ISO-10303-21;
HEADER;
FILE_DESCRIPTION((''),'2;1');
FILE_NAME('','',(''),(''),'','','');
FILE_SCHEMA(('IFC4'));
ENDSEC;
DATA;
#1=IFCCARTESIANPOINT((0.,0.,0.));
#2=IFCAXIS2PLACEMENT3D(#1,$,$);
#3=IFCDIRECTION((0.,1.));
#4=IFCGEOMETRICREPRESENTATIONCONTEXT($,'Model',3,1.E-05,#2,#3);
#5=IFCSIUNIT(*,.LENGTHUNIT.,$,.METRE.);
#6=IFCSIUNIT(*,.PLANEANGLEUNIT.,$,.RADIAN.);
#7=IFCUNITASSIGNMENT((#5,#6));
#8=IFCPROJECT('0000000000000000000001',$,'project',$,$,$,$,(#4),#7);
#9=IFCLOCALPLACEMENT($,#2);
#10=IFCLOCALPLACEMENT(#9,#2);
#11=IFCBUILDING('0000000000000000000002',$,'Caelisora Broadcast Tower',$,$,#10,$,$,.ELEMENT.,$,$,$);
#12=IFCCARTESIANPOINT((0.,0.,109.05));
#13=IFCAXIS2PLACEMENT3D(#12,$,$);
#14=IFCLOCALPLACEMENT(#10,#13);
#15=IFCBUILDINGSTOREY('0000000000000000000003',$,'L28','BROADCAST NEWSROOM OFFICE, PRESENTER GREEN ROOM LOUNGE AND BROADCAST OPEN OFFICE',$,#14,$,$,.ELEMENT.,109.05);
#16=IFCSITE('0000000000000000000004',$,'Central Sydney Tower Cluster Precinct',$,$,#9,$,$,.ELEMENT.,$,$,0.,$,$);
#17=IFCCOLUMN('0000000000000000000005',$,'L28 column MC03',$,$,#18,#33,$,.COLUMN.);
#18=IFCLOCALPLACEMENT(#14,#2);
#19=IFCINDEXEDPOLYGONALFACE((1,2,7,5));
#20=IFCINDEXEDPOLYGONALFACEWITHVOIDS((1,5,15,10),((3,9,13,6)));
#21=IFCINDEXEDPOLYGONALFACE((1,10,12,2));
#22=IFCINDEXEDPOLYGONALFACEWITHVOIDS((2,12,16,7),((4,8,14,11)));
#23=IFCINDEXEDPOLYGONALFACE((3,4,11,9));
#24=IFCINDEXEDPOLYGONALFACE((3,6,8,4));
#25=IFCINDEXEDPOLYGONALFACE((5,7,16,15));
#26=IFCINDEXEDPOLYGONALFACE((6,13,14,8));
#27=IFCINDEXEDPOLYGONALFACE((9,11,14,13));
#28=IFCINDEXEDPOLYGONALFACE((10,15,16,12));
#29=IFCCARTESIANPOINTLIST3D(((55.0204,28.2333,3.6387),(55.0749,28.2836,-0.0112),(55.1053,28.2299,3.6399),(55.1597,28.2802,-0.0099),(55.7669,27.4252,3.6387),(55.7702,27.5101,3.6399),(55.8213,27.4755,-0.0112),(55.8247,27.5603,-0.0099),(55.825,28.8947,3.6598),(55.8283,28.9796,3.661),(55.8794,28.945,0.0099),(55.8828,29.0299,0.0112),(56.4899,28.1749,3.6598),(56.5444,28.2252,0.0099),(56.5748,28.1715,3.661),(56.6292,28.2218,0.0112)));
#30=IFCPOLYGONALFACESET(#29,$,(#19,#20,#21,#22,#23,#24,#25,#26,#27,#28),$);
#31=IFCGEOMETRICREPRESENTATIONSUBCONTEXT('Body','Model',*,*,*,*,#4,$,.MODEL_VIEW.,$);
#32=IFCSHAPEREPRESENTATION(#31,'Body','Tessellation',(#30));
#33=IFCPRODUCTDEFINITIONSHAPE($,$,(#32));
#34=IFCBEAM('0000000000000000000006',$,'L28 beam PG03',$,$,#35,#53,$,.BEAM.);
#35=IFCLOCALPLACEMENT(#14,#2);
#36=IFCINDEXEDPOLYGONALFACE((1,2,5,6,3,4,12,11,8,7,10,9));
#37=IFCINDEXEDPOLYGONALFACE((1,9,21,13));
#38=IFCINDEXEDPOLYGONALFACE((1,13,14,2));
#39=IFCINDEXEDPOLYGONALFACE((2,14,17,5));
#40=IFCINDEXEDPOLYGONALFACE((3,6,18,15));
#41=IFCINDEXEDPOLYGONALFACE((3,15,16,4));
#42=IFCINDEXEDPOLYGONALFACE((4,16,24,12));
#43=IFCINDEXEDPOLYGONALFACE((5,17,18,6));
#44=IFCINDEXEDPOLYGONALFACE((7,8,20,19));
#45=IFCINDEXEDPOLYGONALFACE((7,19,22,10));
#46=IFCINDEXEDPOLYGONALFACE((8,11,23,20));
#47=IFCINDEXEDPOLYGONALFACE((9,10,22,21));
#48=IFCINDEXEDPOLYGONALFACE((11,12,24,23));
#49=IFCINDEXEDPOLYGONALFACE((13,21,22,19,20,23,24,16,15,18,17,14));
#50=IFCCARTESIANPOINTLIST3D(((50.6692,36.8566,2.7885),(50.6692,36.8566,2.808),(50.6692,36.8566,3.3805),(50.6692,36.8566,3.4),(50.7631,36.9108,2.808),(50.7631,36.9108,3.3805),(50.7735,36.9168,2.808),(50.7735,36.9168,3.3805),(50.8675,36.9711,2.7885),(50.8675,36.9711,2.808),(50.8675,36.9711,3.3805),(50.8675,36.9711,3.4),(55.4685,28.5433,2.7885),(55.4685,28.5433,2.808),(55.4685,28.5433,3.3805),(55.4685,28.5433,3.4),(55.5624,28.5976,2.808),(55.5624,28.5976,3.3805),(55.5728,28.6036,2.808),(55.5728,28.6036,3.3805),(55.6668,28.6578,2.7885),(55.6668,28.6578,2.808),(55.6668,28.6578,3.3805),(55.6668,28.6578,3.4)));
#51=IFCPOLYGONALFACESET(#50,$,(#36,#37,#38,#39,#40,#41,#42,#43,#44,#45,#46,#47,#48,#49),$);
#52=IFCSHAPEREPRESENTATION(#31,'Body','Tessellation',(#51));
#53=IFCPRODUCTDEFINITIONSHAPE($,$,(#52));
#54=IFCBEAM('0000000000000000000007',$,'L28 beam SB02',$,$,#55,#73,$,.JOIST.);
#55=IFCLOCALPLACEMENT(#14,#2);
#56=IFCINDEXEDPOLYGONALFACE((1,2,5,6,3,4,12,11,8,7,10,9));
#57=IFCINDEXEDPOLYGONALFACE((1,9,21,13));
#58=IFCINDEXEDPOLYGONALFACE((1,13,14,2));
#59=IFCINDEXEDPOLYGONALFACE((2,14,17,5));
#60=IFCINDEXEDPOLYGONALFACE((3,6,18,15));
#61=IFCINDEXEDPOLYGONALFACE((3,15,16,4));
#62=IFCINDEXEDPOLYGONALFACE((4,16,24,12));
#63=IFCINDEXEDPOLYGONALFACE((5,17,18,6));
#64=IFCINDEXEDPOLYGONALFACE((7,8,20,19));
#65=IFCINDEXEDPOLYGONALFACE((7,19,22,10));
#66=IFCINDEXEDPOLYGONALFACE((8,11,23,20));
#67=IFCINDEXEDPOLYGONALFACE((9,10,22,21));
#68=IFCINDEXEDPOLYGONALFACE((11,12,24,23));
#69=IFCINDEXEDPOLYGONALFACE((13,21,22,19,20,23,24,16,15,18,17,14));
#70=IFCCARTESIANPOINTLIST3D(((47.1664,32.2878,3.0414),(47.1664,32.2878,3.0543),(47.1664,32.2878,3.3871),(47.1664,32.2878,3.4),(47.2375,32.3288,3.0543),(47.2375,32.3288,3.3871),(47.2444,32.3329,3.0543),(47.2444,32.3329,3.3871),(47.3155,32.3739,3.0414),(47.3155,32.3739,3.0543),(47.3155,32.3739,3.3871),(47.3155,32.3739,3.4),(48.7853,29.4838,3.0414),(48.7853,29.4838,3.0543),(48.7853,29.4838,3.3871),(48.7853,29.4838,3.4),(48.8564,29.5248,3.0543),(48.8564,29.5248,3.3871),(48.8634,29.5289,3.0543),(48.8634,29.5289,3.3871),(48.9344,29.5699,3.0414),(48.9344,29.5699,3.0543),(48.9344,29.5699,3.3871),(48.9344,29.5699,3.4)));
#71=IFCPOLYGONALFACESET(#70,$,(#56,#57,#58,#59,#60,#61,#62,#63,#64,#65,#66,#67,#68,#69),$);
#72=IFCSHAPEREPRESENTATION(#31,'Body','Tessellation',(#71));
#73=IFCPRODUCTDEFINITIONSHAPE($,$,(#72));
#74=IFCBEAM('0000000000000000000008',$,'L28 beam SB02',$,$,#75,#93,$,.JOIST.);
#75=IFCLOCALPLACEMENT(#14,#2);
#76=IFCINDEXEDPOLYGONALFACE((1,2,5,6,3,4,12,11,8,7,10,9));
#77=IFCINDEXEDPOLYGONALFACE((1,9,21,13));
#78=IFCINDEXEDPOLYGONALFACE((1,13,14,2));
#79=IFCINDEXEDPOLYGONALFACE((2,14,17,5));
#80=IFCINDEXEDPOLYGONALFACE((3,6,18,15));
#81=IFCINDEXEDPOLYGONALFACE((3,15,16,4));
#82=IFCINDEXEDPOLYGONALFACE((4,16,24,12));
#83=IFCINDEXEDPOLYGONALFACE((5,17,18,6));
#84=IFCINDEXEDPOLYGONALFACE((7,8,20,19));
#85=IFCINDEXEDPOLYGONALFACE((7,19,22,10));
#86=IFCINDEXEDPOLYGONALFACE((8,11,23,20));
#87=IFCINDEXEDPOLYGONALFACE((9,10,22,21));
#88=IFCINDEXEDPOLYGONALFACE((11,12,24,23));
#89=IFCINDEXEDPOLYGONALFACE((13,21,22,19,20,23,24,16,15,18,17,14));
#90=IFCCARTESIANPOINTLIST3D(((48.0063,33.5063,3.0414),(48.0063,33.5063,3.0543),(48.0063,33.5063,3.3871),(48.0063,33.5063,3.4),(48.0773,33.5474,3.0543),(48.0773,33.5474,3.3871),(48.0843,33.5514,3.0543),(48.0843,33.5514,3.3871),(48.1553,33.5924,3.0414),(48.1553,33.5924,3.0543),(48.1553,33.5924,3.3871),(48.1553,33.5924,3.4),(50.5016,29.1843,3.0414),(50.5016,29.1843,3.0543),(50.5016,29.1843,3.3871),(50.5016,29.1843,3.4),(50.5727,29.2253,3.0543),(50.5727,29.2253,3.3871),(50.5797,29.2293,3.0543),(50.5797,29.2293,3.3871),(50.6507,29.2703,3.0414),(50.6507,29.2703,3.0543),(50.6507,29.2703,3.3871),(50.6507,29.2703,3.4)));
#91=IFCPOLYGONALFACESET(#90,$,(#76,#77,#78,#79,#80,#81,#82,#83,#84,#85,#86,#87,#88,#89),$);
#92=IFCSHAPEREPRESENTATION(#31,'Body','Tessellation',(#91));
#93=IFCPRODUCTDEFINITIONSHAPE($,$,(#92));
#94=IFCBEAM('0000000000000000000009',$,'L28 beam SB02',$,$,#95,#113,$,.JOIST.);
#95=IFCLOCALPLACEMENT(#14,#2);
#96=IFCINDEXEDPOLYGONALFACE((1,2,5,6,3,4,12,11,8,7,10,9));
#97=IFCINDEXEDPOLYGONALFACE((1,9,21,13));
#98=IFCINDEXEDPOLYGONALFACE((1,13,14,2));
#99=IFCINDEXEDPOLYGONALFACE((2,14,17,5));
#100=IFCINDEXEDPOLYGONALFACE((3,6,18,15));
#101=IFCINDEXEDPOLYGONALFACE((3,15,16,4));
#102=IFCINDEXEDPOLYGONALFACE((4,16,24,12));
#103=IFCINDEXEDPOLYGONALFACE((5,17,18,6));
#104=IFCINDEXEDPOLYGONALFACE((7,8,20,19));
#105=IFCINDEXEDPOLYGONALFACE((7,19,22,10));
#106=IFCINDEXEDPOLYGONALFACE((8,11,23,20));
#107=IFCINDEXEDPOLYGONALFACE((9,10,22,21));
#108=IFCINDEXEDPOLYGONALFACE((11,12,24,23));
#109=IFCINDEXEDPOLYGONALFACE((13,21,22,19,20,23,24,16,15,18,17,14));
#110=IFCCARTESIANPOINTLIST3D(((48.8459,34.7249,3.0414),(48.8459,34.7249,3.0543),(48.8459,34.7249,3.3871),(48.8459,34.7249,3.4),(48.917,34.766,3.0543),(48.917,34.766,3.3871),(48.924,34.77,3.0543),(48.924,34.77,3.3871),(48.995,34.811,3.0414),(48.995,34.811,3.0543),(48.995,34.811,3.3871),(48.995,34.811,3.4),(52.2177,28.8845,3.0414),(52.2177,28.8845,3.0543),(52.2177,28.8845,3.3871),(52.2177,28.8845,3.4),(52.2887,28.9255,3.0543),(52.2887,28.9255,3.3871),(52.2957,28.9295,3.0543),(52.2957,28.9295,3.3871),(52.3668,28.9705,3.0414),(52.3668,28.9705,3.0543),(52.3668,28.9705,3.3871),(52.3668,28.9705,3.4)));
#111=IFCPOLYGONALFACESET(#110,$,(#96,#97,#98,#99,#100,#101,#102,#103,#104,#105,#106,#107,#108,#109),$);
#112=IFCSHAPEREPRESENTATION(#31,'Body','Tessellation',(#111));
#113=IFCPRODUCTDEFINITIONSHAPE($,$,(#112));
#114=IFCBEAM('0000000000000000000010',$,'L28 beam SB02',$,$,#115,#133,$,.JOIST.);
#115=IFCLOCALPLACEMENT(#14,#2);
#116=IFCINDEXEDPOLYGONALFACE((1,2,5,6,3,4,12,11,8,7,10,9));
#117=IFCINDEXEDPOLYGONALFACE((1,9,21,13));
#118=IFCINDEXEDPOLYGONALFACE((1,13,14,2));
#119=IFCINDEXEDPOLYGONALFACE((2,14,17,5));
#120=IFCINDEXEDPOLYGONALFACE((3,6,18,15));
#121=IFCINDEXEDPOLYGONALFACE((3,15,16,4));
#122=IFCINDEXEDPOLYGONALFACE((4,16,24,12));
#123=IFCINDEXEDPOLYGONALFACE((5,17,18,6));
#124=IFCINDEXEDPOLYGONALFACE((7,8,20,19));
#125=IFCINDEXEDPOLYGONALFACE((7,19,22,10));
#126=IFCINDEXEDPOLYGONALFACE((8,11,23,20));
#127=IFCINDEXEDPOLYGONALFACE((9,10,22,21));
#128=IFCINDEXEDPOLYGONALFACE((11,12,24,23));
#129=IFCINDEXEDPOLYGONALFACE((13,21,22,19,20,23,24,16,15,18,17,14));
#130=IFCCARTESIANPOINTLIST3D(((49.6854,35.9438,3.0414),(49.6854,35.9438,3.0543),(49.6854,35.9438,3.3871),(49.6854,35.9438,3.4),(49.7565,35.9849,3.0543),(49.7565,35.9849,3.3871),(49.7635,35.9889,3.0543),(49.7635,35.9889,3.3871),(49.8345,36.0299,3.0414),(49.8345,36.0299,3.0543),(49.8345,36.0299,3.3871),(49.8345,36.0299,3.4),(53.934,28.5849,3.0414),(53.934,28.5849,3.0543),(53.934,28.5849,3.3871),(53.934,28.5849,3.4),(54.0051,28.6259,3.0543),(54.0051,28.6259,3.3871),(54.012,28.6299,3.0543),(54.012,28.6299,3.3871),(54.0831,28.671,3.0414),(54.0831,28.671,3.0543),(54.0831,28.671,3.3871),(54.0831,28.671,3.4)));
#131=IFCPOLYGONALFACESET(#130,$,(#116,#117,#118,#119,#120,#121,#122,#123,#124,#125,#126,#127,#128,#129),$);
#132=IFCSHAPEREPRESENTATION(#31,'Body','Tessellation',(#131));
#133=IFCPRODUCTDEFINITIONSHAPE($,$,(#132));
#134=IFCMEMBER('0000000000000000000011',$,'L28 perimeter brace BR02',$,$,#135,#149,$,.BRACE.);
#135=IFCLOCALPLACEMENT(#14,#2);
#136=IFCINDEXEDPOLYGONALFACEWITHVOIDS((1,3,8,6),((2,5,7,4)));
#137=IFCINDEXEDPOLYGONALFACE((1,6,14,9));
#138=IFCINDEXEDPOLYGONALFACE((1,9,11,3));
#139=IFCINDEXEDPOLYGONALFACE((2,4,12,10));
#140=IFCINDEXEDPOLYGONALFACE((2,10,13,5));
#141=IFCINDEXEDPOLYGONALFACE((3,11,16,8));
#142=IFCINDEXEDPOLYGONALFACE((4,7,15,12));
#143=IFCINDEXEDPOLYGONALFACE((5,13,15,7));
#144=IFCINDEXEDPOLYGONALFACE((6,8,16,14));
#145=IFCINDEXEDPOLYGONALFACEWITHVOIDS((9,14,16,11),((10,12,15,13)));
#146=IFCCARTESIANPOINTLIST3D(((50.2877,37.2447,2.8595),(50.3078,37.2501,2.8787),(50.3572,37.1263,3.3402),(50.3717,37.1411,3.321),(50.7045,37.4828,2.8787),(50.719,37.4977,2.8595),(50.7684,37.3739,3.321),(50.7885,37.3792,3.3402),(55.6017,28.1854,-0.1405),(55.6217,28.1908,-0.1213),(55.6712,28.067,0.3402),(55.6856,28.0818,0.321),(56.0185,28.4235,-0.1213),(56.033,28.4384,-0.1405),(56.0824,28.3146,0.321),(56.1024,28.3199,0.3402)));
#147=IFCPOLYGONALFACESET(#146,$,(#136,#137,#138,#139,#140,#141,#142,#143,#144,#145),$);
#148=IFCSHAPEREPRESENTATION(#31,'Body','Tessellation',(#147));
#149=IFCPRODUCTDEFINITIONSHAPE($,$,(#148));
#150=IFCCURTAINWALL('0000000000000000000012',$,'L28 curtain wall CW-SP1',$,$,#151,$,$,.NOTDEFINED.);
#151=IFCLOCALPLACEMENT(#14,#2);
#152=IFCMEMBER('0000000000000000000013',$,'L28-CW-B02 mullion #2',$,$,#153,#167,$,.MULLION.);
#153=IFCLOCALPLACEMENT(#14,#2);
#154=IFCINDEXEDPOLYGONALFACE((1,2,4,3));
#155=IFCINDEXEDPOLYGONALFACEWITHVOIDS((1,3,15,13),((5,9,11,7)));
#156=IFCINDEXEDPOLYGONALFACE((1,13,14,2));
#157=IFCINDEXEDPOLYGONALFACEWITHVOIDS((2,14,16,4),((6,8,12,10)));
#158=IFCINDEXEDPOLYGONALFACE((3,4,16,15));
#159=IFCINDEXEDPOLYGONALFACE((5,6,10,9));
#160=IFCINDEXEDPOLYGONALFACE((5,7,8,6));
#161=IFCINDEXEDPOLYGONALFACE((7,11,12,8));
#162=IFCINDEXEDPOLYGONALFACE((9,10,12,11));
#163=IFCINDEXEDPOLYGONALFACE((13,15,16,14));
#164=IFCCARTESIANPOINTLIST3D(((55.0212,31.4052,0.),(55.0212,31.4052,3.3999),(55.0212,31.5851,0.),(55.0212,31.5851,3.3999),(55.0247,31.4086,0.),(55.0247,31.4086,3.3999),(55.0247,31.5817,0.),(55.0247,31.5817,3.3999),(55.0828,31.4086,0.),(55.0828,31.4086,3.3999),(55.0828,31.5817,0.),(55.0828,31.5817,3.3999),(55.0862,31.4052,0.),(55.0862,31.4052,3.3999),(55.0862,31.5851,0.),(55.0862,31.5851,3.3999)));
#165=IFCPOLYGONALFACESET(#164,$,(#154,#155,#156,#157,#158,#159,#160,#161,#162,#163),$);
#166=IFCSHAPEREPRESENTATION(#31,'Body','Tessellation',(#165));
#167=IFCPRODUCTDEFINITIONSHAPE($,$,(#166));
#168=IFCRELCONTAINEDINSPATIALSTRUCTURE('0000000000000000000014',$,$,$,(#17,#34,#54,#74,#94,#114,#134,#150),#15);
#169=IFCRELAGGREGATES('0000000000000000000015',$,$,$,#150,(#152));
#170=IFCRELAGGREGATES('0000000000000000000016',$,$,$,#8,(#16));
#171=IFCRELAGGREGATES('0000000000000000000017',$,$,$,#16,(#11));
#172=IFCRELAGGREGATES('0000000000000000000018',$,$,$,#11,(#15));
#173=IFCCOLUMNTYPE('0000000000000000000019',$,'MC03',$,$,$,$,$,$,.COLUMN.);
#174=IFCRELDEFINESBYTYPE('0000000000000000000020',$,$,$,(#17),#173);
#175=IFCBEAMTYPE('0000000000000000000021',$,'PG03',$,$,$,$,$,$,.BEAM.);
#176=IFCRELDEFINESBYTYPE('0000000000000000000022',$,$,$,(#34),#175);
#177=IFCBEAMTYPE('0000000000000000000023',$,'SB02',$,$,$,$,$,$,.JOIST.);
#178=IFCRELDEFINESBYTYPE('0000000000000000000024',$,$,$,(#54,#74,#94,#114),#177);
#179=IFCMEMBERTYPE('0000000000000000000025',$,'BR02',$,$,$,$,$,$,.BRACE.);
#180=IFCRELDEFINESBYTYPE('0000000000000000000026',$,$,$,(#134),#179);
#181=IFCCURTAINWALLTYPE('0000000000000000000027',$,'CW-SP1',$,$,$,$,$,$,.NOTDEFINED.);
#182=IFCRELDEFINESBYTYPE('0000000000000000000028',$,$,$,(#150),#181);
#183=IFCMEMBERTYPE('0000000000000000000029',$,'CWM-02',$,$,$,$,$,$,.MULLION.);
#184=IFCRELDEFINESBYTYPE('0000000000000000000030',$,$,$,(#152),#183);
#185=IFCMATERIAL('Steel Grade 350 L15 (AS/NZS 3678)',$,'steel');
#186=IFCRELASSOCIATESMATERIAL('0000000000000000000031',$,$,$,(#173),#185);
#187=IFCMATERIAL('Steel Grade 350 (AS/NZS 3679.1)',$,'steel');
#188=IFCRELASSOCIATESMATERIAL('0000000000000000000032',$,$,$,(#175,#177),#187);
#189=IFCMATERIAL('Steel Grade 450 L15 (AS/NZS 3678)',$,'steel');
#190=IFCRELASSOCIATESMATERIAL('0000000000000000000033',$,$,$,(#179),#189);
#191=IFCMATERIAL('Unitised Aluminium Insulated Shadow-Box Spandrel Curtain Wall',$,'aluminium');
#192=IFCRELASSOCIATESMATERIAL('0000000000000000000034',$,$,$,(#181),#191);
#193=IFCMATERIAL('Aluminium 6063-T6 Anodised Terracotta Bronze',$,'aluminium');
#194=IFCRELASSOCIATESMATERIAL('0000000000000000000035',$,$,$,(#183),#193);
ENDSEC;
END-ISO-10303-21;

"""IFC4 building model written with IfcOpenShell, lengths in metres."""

from ifc_helpers import new_model, si_unit, direction, frame, origin, origin_2d, place, context, subcontext, project, spatial, hollow_rectangle, i_section, extrude, source, transform, mapped, material, material_profile, profile_set, type_object, type_shapes, element, aggregate, save


model = new_model("IFC4")

# Units and contexts
model_context = context("Model", 3, precision=1e-05, world=origin(), true_north=direction((0.0, 1.0)))
body_context = subcontext(model_context, "Body", "Model", "MODEL_VIEW")
ifc_project = project(units=[si_unit("LENGTHUNIT", "METRE"), si_unit("PLANEANGLEUNIT", "RADIAN")], contexts=[model_context])

# Site, building, storey
site_placement = place(None, origin())
site = spatial("IfcSite", under=ifc_project, at=site_placement, Name="Central Sydney Tower Cluster Precinct", CompositionType="ELEMENT", RefElevation=0.0)
building_placement = place(site_placement, origin())
building = spatial("IfcBuilding", under=site, at=building_placement, Name="Caelisora Broadcast Tower", CompositionType="ELEMENT")
storey_placement = place(building_placement, frame((0.0, 0.0, 109.05)))
storey = spatial("IfcBuildingStorey", under=building, at=storey_placement, Name="L28", Description="BROADCAST NEWSROOM OFFICE, PRESENTER GREEN ROOM LOUNGE AND BROADCAST OPEN OFFICE", CompositionType="ELEMENT", Elevation=109.05)

# Column
ifc_material_1 = material(Name="Steel Grade 350 L15 (AS/NZS 3678)", Category="steel")
ifc_material_profile_1 = material_profile(ifc_material_1, hollow_rectangle(XDim=1.1001, YDim=1.1001, WallThickness=0.0601, at=origin_2d()), Name="Steel Grade 350 L15 (AS/NZS 3678)")
ifc_profile_set_1 = profile_set([ifc_material_profile_1], Name="Steel Grade 350 L15 (AS/NZS 3678)")
column_type = type_object("IfcColumnType", Name="MC03", PredefinedType="COLUMN", material=ifc_profile_set_1)
shared_shape_1 = source(origin(), body_context, "Body", "SweptSolid", [
    extrude(hollow_rectangle(XDim=1.1001, YDim=1.1001, WallThickness=0.0601, at=origin_2d()), origin(), (0.0, 0.0, 1.0), 3.6506),
])
type_shapes(column_type, [shared_shape_1])
column_placement = place(storey_placement, frame((55.8521, 28.2527, 0.0), z_axis=(-0.014913, -0.013776, 0.999794), x_axis=(0.678554, -0.734551, 0.0)))
element("IfcColumn", 1, at=column_placement, inside=storey, type_object=column_type, Name="L28 column MC03", PredefinedType="COLUMN", context=body_context, shape_type="MappedRepresentation", body=[
    mapped(shared_shape_1, transform((0.0, 0.0, 0.0), scale=1.0)),
])

# Beams
ifc_material_2 = material(Name="Steel Grade 350 (AS/NZS 3679.1)", Category="steel")
ifc_material_profile_2 = material_profile(ifc_material_2, i_section(OverallWidth=0.229, OverallDepth=0.6116, WebThickness=0.012, FlangeThickness=0.0195, at=origin_2d()), Name="Steel Grade 350 (AS/NZS 3679.1)")
ifc_profile_set_2 = profile_set([ifc_material_profile_2], Name="Steel Grade 350 (AS/NZS 3679.1)")
beam_type_1 = type_object("IfcBeamType", Name="PG03", PredefinedType="BEAM", material=ifc_profile_set_2)
shared_shape_2 = source(origin(), body_context, "Body", "SweptSolid", [
    extrude(i_section(OverallWidth=0.229, OverallDepth=0.6116, WebThickness=0.012, FlangeThickness=0.0195, at=origin_2d()), origin(), (0.0, 0.0, 1.0), 9.5991),
])
type_shapes(beam_type_1, [shared_shape_2])
beam_1_placement = place(storey_placement, frame((55.5676, 28.6006, 3.0942), z_axis=(-0.499974, 0.86604, 0.0), x_axis=(-0.86604, -0.499974, 0.0)))
element("IfcBeam", 2, at=beam_1_placement, inside=storey, type_object=beam_type_1, Name="L28 beam PG03", PredefinedType="BEAM", context=body_context, shape_type="MappedRepresentation", body=[
    mapped(shared_shape_2, transform((0.0, 0.0, 0.0), scale=1.0)),
])
ifc_material_profile_3 = material_profile(ifc_material_2, i_section(OverallWidth=0.1721, OverallDepth=0.3586, WebThickness=0.0081, FlangeThickness=0.0129, at=origin_2d()), Name="Steel Grade 350 (AS/NZS 3679.1)")
ifc_profile_set_3 = profile_set([ifc_material_profile_3], Name="Steel Grade 350 (AS/NZS 3679.1)")
beam_type_2 = type_object("IfcBeamType", Name="SB02", PredefinedType="JOIST", material=ifc_profile_set_3)
shared_shape_3 = source(origin(), body_context, "Body", "SweptSolid", [
    extrude(i_section(OverallWidth=0.1721, OverallDepth=0.3586, WebThickness=0.0081, FlangeThickness=0.0129, at=origin_2d()), origin(), (0.0, 0.0, 1.0), 3.2378),
])
beam_2_placement = place(storey_placement, frame((48.8599, 29.5269, 3.2207), z_axis=(-0.500007, 0.866021, 0.0), x_axis=(-0.866021, -0.500007, 0.0)))
element("IfcBeam", 3, at=beam_2_placement, inside=storey, type_object=beam_type_2, Name="L28 beam SB02", PredefinedType="JOIST", context=body_context, shape_type="MappedRepresentation", body=[
    mapped(shared_shape_3, transform((0.0, 0.0, 0.0), scale=1.0)),
])
shared_shape_4 = source(origin(), body_context, "Body", "SweptSolid", [
    extrude(i_section(OverallWidth=0.1721, OverallDepth=0.3586, WebThickness=0.0081, FlangeThickness=0.0129, at=origin_2d()), origin(), (0.0, 0.0, 1.0), 4.9907),
])
beam_3_placement = place(storey_placement, frame((50.5762, 29.2273, 3.2207), z_axis=(-0.500006, 0.866022, 0.0), x_axis=(-0.866022, -0.500006, 0.0)))
element("IfcBeam", 4, at=beam_3_placement, inside=storey, type_object=beam_type_2, Name="L28 beam SB02", PredefinedType="JOIST", context=body_context, shape_type="MappedRepresentation", body=[
    mapped(shared_shape_4, transform((0.0, 0.0, 0.0), scale=1.0)),
])
shared_shape_5 = source(origin(), body_context, "Body", "SweptSolid", [
    extrude(i_section(OverallWidth=0.1721, OverallDepth=0.3586, WebThickness=0.0081, FlangeThickness=0.0129, at=origin_2d()), origin(), (0.0, 0.0, 1.0), 6.7439),
])
beam_4_placement = place(storey_placement, frame((52.2922, 28.9275, 3.2207), z_axis=(-0.499974, 0.86604, 0.0), x_axis=(-0.86604, -0.499974, 0.0)))
element("IfcBeam", 5, at=beam_4_placement, inside=storey, type_object=beam_type_2, Name="L28 beam SB02", PredefinedType="JOIST", context=body_context, shape_type="MappedRepresentation", body=[
    mapped(shared_shape_5, transform((0.0, 0.0, 0.0), scale=1.0)),
])
shared_shape_6 = source(origin(), body_context, "Body", "SweptSolid", [
    extrude(i_section(OverallWidth=0.1721, OverallDepth=0.3586, WebThickness=0.0081, FlangeThickness=0.0129, at=origin_2d()), origin(), (0.0, 0.0, 1.0), 8.4973),
])
type_shapes(beam_type_2, [shared_shape_3, shared_shape_4, shared_shape_5, shared_shape_6])
beam_5_placement = place(storey_placement, frame((54.0085, 28.6279, 3.2207), z_axis=(-0.499989, 0.866032, 0.0), x_axis=(-0.866032, -0.499989, 0.0)))
element("IfcBeam", 6, at=beam_5_placement, inside=storey, type_object=beam_type_2, Name="L28 beam SB02", PredefinedType="JOIST", context=body_context, shape_type="MappedRepresentation", body=[
    mapped(shared_shape_6, transform((0.0, 0.0, 0.0), scale=1.0)),
])

# Member
ifc_material_3 = material(Name="Steel Grade 450 L15 (AS/NZS 3678)", Category="steel")
ifc_material_profile_4 = material_profile(ifc_material_3, hollow_rectangle(XDim=0.5, YDim=0.5, WallThickness=0.02, at=origin_2d()), Name="Steel Grade 450 L15 (AS/NZS 3678)")
ifc_profile_set_4 = profile_set([ifc_material_profile_4], Name="Steel Grade 450 L15 (AS/NZS 3678)")
member_type_1 = type_object("IfcMemberType", Name="BR02", PredefinedType="BRACE", material=ifc_profile_set_4)
shared_shape_7 = source(origin(), body_context, "Body", "SweptSolid", [
    extrude(hollow_rectangle(XDim=0.5, YDim=0.5, WallThickness=0.02, at=origin_2d()), origin(), (0.0, 0.0, 1.0), 10.9229),
])
type_shapes(member_type_1, [shared_shape_7])
member_1_placement = place(storey_placement, frame((55.8521, 28.2527, 0.0999), z_axis=(-0.486498, 0.829389, 0.274652), x_axis=(-0.86256, -0.505955, 0.0)))
element("IfcMember", 7, at=member_1_placement, inside=storey, type_object=member_type_1, Name="L28 perimeter brace BR02", PredefinedType="BRACE", context=body_context, shape_type="MappedRepresentation", body=[
    mapped(shared_shape_7, transform((0.0, 0.0, 0.0), scale=1.0)),
])

# Curtain wall, member
ifc_material_4 = material(Name="Unitised Aluminium Insulated Shadow-Box Spandrel Curtain Wall", Category="aluminium")
curtain_wall_type_1 = type_object("IfcCurtainWallType", Name="CW-SP1", PredefinedType="NOTDEFINED", material=ifc_material_4)
curtain_wall_1_placement = place(storey_placement, origin())
curtain_wall_1 = element("IfcCurtainWall", 8, at=curtain_wall_1_placement, inside=storey, type_object=curtain_wall_type_1, Name="L28 curtain wall CW-SP1", PredefinedType="NOTDEFINED")
ifc_material_5 = material(Name="Aluminium 6063-T6 Anodised Terracotta Bronze", Category="aluminium")
ifc_material_profile_5 = material_profile(ifc_material_5, hollow_rectangle(XDim=0.0649, YDim=0.1799, WallThickness=0.0034, at=origin_2d()), Name="Aluminium 6063-T6 Anodised Terracotta Bronze")
ifc_profile_set_5 = profile_set([ifc_material_profile_5], Name="Aluminium 6063-T6 Anodised Terracotta Bronze")
member_type_2 = type_object("IfcMemberType", Name="CWM-02", PredefinedType="MULLION", material=ifc_profile_set_5)
shared_shape_8 = source(origin(), body_context, "Body", "SweptSolid", [
    extrude(hollow_rectangle(XDim=0.0649, YDim=0.1799, WallThickness=0.0034, at=origin_2d()), origin(), (0.0, 0.0, 1.0), 3.3999),
])
type_shapes(member_type_2, [shared_shape_8])
member_2_placement = place(storey_placement, frame((55.0537, 31.4951, 0.0), z_axis=(0.0, 0.0, 1.0), x_axis=(1.0, 0.0, 0.0)))
member_2 = element("IfcMember", 9, at=member_2_placement, type_object=member_type_2, Name="L28-CW-B02 mullion #2", PredefinedType="MULLION", context=body_context, shape_type="MappedRepresentation", body=[
    mapped(shared_shape_8, transform((0.0, 0.0, 0.0), scale=1.0)),
])

aggregate(curtain_wall_1, [member_2])

save(model, "model.ifc")
